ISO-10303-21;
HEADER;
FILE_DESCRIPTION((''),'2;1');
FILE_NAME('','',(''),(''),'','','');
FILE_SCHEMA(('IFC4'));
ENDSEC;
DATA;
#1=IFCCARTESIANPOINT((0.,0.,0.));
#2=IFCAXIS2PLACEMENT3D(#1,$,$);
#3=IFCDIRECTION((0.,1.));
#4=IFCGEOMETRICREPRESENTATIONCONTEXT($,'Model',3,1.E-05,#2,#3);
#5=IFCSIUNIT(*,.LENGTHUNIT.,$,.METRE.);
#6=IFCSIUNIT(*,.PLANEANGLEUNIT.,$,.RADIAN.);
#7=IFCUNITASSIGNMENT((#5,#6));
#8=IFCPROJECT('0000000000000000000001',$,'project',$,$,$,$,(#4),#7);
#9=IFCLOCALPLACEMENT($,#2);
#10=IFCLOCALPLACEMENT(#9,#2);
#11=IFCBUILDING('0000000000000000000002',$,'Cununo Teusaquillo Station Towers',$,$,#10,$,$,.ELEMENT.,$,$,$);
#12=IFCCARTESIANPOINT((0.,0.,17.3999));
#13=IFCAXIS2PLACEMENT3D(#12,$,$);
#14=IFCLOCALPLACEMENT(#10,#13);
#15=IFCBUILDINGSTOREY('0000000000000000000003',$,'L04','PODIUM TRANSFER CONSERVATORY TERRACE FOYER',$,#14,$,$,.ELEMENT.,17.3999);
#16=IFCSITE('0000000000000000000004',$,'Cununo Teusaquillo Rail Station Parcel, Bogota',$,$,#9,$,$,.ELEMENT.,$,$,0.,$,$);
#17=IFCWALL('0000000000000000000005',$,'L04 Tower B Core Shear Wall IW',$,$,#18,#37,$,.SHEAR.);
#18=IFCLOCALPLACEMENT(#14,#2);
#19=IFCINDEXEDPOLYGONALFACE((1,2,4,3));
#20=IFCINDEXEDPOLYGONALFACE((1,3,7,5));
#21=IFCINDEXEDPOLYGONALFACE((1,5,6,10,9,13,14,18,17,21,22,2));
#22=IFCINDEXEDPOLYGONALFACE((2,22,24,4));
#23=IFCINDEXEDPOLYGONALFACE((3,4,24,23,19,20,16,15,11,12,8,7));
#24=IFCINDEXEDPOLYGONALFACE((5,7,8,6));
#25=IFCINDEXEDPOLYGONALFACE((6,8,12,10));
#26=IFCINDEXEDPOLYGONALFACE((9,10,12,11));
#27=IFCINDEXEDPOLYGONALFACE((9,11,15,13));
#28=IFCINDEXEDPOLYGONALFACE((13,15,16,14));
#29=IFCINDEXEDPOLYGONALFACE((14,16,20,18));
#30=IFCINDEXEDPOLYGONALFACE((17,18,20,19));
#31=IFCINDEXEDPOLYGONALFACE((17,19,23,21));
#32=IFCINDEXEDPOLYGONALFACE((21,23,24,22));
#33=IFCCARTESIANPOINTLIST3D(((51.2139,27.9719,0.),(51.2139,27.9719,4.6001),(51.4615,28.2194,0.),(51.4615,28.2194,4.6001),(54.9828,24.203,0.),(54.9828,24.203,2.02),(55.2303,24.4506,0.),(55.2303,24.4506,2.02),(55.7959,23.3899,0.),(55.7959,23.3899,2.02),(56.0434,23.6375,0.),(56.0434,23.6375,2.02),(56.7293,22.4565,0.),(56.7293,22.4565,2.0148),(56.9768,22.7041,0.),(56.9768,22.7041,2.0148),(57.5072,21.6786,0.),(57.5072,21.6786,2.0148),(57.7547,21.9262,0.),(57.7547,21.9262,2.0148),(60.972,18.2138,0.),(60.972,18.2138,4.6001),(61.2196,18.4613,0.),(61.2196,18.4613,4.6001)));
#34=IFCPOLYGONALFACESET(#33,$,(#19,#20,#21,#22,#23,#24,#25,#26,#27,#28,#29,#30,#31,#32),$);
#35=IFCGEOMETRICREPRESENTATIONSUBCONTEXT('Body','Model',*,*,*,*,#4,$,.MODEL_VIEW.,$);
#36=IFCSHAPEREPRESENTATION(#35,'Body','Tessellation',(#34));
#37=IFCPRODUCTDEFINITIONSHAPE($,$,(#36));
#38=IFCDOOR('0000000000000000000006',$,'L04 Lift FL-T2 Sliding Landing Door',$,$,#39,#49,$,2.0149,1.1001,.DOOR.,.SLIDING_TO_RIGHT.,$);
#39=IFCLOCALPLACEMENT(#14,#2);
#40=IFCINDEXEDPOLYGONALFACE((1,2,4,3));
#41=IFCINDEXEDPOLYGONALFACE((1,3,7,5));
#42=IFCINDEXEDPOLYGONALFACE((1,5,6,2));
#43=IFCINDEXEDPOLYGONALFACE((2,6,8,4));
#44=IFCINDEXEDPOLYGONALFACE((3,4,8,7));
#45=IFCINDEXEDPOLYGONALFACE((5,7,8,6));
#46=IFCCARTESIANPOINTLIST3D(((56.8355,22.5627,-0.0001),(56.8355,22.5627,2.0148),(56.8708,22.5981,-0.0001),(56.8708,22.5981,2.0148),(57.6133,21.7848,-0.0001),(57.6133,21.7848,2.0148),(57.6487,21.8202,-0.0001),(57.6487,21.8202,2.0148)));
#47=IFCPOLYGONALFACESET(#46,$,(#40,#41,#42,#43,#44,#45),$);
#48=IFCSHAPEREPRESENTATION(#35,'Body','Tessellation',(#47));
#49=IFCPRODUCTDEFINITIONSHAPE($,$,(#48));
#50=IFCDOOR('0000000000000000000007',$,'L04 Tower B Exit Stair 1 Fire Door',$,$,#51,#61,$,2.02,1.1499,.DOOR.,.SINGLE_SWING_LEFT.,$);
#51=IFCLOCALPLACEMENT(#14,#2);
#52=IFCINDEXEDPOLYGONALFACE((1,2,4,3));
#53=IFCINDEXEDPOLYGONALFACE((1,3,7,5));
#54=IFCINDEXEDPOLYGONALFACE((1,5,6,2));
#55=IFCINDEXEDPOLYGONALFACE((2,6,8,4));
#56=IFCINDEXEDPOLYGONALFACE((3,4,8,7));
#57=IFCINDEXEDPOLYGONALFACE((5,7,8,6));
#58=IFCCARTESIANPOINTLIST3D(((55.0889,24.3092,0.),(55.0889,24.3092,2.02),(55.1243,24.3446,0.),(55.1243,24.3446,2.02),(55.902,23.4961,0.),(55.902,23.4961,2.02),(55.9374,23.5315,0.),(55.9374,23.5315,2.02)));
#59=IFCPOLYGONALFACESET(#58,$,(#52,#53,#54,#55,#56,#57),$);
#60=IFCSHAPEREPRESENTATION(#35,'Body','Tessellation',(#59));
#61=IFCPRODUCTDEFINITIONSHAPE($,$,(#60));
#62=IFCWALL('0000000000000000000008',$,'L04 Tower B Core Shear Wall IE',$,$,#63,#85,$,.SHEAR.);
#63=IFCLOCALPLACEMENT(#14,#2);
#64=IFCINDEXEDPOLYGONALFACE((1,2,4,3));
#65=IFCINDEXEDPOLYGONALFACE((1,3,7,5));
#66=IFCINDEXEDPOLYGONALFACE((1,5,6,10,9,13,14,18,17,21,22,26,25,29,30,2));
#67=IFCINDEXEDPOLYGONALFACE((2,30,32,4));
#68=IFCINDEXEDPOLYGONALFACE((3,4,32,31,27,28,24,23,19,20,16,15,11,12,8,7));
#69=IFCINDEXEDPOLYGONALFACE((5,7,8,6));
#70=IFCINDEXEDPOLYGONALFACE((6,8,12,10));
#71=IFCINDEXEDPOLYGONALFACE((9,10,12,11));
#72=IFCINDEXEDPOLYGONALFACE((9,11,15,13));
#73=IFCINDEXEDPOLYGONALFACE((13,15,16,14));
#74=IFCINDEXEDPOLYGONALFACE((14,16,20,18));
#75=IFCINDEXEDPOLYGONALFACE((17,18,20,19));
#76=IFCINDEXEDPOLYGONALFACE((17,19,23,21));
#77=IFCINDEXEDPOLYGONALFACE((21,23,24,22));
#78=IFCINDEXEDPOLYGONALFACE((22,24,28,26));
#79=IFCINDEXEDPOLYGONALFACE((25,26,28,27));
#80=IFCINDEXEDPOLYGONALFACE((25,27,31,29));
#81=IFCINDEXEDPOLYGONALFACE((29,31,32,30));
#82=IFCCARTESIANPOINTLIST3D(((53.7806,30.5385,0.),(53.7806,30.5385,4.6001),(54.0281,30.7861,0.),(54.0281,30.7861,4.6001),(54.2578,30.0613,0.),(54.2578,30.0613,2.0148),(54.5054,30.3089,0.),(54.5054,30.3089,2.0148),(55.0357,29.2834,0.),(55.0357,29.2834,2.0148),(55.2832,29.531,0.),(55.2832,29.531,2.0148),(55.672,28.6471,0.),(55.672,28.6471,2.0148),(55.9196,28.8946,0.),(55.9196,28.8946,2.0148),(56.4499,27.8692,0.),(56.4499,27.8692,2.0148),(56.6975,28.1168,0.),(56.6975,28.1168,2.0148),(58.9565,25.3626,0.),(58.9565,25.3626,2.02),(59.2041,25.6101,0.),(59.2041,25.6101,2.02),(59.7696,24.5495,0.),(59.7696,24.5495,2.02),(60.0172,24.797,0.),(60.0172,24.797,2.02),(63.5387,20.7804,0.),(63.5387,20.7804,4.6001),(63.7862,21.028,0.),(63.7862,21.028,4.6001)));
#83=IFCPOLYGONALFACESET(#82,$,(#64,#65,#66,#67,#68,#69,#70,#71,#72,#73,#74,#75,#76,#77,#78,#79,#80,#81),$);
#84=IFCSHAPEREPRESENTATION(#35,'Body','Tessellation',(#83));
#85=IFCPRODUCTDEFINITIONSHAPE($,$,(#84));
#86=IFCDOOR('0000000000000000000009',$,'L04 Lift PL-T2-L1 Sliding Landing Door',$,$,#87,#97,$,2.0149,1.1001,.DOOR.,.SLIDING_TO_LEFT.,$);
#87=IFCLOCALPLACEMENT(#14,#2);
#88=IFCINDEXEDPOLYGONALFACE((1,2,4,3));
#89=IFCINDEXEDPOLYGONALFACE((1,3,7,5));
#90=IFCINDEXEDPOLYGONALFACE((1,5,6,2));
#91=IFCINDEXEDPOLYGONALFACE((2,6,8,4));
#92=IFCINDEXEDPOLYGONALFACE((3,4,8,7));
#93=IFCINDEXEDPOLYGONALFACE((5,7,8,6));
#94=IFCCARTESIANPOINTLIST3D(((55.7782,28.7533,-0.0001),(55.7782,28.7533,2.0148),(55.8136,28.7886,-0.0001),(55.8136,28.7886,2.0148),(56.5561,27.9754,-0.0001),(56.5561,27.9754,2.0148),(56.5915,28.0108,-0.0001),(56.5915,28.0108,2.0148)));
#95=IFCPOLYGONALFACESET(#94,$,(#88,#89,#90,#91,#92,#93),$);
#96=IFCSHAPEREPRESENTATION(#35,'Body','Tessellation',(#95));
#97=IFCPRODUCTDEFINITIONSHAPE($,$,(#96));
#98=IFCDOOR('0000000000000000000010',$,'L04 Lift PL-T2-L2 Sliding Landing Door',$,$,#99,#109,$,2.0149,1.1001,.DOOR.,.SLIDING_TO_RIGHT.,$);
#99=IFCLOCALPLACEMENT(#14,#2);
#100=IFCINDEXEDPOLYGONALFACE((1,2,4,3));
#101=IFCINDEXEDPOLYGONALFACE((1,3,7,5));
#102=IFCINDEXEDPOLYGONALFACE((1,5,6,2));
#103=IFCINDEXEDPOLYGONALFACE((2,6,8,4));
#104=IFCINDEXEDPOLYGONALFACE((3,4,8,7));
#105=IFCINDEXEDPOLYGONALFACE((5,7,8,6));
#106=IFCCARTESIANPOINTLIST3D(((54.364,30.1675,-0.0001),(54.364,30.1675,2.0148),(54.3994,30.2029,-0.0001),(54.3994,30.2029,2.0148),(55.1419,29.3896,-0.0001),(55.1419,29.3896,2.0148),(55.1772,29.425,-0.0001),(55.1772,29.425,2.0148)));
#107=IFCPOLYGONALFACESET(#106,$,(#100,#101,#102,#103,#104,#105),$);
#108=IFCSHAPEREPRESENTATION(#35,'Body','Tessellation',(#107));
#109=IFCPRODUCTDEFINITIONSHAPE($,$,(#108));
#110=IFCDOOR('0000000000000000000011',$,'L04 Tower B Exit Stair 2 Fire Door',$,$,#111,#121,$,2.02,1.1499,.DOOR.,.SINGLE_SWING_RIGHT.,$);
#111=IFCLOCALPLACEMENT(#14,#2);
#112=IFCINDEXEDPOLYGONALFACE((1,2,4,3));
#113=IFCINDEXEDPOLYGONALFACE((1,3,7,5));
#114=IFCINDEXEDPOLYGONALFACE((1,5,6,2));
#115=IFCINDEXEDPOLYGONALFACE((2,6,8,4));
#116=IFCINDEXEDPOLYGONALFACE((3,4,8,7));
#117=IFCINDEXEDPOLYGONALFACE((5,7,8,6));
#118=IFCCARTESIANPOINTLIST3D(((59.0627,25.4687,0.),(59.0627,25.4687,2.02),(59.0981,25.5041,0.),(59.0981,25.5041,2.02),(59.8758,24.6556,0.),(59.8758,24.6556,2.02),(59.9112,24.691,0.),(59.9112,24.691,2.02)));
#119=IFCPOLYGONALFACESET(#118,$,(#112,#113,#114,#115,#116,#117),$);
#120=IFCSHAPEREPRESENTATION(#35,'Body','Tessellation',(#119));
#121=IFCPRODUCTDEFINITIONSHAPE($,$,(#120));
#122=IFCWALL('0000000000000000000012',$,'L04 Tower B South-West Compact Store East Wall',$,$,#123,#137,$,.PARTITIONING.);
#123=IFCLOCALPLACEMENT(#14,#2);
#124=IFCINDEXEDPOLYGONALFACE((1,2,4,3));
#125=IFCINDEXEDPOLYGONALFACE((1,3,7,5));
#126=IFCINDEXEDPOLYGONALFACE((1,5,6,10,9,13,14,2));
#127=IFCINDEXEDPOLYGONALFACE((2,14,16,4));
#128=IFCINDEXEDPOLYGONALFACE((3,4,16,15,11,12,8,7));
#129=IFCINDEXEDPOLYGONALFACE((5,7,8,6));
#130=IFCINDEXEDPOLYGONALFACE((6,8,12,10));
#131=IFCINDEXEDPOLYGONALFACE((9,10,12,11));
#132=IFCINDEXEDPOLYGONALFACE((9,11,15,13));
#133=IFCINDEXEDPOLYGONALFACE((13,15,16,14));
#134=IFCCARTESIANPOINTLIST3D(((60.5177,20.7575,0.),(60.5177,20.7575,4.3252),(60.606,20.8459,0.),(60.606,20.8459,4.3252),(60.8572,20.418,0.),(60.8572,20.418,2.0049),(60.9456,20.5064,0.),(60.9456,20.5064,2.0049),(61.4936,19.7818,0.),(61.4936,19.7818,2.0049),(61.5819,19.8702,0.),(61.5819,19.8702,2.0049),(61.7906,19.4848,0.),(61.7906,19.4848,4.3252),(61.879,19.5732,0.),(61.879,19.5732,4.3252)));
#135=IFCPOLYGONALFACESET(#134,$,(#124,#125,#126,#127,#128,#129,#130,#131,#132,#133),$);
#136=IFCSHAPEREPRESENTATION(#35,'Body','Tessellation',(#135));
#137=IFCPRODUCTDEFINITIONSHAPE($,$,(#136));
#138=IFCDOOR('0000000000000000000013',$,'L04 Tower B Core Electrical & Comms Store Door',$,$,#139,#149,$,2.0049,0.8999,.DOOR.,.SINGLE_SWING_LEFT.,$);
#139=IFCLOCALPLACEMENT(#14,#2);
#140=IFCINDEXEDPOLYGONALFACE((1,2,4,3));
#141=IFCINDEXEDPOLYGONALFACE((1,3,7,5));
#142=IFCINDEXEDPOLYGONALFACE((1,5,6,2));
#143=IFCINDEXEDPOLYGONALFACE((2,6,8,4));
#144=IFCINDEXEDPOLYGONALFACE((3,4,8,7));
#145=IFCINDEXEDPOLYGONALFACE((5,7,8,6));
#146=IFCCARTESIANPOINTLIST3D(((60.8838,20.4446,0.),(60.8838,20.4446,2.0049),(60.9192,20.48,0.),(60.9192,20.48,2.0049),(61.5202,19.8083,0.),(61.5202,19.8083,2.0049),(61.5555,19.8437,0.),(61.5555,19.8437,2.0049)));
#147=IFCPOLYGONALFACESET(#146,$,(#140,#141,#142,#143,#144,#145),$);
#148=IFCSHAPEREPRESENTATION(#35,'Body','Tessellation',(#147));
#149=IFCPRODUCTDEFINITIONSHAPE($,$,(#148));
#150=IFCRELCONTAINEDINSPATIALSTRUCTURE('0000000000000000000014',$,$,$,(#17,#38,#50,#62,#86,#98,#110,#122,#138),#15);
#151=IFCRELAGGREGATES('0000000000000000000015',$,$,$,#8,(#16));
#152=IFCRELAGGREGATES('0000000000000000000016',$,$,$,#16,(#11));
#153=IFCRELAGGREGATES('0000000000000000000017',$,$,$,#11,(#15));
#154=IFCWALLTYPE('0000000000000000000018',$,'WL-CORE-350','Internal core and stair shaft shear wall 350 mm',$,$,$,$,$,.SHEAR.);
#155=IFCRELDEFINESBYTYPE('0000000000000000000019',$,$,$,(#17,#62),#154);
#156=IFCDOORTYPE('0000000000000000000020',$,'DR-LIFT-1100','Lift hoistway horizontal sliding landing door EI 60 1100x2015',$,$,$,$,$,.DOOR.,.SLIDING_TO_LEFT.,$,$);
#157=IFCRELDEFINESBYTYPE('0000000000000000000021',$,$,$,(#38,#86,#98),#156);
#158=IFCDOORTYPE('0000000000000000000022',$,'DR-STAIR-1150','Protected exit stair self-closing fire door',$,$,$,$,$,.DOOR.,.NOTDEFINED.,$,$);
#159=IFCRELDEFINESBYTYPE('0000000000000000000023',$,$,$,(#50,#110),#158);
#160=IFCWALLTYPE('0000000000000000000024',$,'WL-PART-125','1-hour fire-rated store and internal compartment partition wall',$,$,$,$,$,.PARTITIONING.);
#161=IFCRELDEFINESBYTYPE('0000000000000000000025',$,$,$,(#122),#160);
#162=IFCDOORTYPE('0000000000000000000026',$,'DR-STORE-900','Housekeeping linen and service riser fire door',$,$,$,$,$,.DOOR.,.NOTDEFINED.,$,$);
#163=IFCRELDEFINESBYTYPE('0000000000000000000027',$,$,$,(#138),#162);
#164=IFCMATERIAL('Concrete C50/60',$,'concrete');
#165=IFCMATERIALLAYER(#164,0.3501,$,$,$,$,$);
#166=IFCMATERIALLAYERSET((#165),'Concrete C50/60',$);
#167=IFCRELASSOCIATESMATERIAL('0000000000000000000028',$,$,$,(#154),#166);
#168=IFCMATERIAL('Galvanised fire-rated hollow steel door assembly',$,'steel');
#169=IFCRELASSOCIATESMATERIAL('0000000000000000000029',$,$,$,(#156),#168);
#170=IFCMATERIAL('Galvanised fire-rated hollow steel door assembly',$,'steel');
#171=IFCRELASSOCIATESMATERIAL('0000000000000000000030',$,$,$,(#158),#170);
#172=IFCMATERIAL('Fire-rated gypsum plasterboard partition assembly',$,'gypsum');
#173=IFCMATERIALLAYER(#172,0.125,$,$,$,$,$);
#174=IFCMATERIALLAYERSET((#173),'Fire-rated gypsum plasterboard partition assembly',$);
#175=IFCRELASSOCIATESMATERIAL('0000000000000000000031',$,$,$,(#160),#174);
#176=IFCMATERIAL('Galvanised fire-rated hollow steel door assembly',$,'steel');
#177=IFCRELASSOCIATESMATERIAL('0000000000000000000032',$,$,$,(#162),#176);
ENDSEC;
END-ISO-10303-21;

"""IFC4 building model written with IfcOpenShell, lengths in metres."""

from ifc_helpers import new_model, si_unit, direction, frame, frame_2d, origin, place, context, subcontext, project, spatial, rectangle, extrude, source, transform, mapped, material, layer, layer_set, type_object, element, fill, save


model = new_model("IFC4")

# Units and contexts
model_context = context("Model", 3, precision=1e-05, world=origin(), true_north=direction((0.0, 1.0)))
body_context = subcontext(model_context, "Body", "Model", "MODEL_VIEW")
ifc_project = project(units=[si_unit("LENGTHUNIT", "METRE"), si_unit("PLANEANGLEUNIT", "RADIAN")], contexts=[model_context])

# Site, building, storey
site_placement = place(None, origin())
site = spatial("IfcSite", under=ifc_project, at=site_placement, Name="Cununo Teusaquillo Rail Station Parcel, Bogota", CompositionType="ELEMENT", RefElevation=0.0)
building_placement = place(site_placement, origin())
building = spatial("IfcBuilding", under=site, at=building_placement, Name="Cununo Teusaquillo Station Towers", CompositionType="ELEMENT")
storey_placement = place(building_placement, frame((0.0, 0.0, 17.3999)))
storey = spatial("IfcBuildingStorey", under=building, at=storey_placement, Name="L04", Description="PODIUM TRANSFER CONSERVATORY TERRACE FOYER", CompositionType="ELEMENT", Elevation=17.3999)

# Walls, openings, doors
ifc_material_1 = material(Name="Concrete C50/60", Category="concrete")
ifc_layer_1 = layer(ifc_material_1, 0.3501)
ifc_layer_set_1 = layer_set([ifc_layer_1], Name="Concrete C50/60")
wall_type_1 = type_object("IfcWallType", Name="WL-CORE-350", Description="Internal core and stair shaft shear wall 350 mm", PredefinedType="SHEAR", material=ifc_layer_set_1)
wall_1_placement = place(storey_placement, frame((61.0957, 18.3376, 0.0), z_axis=(0.0, 0.0, 1.0), x_axis=(-0.707107, 0.707107, 0.0)))
wall_1 = element("IfcWall", 1, at=wall_1_placement, inside=storey, type_object=wall_type_1, Name="L04 Tower B Core Shear Wall IW", PredefinedType="SHEAR", context=body_context, shape_type="SweptSolid", body=[
    extrude(rectangle(XDim=13.8, YDim=0.3501, at=frame_2d((6.8999, 0.0))), origin(), (0.0, 0.0, 1.0), 4.6001),
])
shared_shape_1 = source(origin(), body_context, "Body", "SweptSolid", [
    extrude(rectangle(XDim=1.1001, YDim=2.0149, at=frame_2d((0.55, 1.0073))), frame((0.0, 0.1851, 0.0), z_axis=(0.0, -1.0, 0.0), x_axis=(1.0, 0.0, 0.0)), (0.0, 0.0, 1.0), 0.3701),
])
opening_1_placement = place(wall_1_placement, frame((4.8999, 0.0, 0.0)))
opening_1 = element("IfcOpeningElement", 2, at=opening_1_placement, cuts=wall_1, PredefinedType="OPENING", context=body_context, shape_type="MappedRepresentation", body=[
    mapped(shared_shape_1, transform((0.0, 0.0, 0.0), x_axis=(1.0, 0.0, 0.0), y_axis=(0.0, 1.0, 0.0), z_axis=(0.0, 0.0, 1.0), scale=1.0)),
])
shared_shape_2 = source(origin(), body_context, "Body", "SweptSolid", [
    extrude(rectangle(XDim=1.1499, YDim=2.02, at=frame_2d((0.575, 1.01))), frame((0.0, 0.1851, 0.0), z_axis=(0.0, -1.0, 0.0), x_axis=(1.0, 0.0, 0.0)), (0.0, 0.0, 1.0), 0.3701),
])
opening_2_placement = place(wall_1_placement, frame((7.3201, 0.0, 0.0)))
opening_2 = element("IfcOpeningElement", 3, at=opening_2_placement, cuts=wall_1, PredefinedType="OPENING", context=body_context, shape_type="MappedRepresentation", body=[
    mapped(shared_shape_2, transform((0.0, 0.0, 0.0), x_axis=(1.0, 0.0, 0.0), y_axis=(0.0, 1.0, 0.0), z_axis=(0.0, 0.0, 1.0), scale=1.0)),
])
ifc_material_2 = material(Name="Galvanised fire-rated hollow steel door assembly", Category="steel")
door_type_1 = type_object("IfcDoorType", Name="DR-LIFT-1100", Description="Lift hoistway horizontal sliding landing door EI 60 1100x2015", OperationType="SLIDING_TO_LEFT", PredefinedType="DOOR", material=ifc_material_2)
shared_shape_3 = source(origin(), body_context, "Body", "SweptSolid", [
    extrude(rectangle(XDim=1.1001, YDim=2.0149, at=frame_2d((0.55, 1.0073))), frame((0.0, 0.0249, 0.0), z_axis=(0.0, -1.0, 0.0), x_axis=(1.0, 0.0, 0.0)), (0.0, 0.0, 1.0), 0.05),
])
door_1_placement = place(opening_1_placement, origin())
door_1 = element("IfcDoor", 4, at=door_1_placement, inside=storey, type_object=door_type_1, Name="L04 Lift FL-T2 Sliding Landing Door", OperationType="SLIDING_TO_RIGHT", OverallHeight=2.0149, OverallWidth=1.1001, PredefinedType="DOOR", context=body_context, shape_type="MappedRepresentation", body=[
    mapped(shared_shape_3, transform((0.0, 0.0, 0.0), x_axis=(1.0, 0.0, 0.0), y_axis=(0.0, 1.0, 0.0), z_axis=(0.0, 0.0, 1.0), scale=1.0)),
])
fill(opening_1, door_1)
ifc_material_3 = material(Name="Galvanised fire-rated hollow steel door assembly", Category="steel")
door_type_2 = type_object("IfcDoorType", Name="DR-STAIR-1150", Description="Protected exit stair self-closing fire door", OperationType="NOTDEFINED", PredefinedType="DOOR", material=ifc_material_3)
shared_shape_4 = source(origin(), body_context, "Body", "SweptSolid", [
    extrude(rectangle(XDim=1.1499, YDim=2.02, at=frame_2d((0.575, 1.01))), frame((0.0, 0.0249, 0.0), z_axis=(0.0, -1.0, 0.0), x_axis=(1.0, 0.0, 0.0)), (0.0, 0.0, 1.0), 0.05),
])
door_2_placement = place(opening_2_placement, origin())
door_2 = element("IfcDoor", 5, at=door_2_placement, inside=storey, type_object=door_type_2, Name="L04 Tower B Exit Stair 1 Fire Door", OperationType="SINGLE_SWING_LEFT", OverallHeight=2.02, OverallWidth=1.1499, PredefinedType="DOOR", context=body_context, shape_type="MappedRepresentation", body=[
    mapped(shared_shape_4, transform((0.0, 0.0, 0.0), x_axis=(1.0, 0.0, 0.0), y_axis=(0.0, 1.0, 0.0), z_axis=(0.0, 0.0, 1.0), scale=1.0)),
])
fill(opening_2, door_2)
wall_2_placement = place(storey_placement, frame((63.6624, 20.9043, 0.0), z_axis=(0.0, 0.0, 1.0), x_axis=(-0.707107, 0.707107, 0.0)))
wall_2 = element("IfcWall", 6, at=wall_2_placement, inside=storey, type_object=wall_type_1, Name="L04 Tower B Core Shear Wall IE", PredefinedType="SHEAR", context=body_context, shape_type="SweptSolid", body=[
    extrude(rectangle(XDim=13.8, YDim=0.3501, at=frame_2d((6.8999, 0.0))), origin(), (0.0, 0.0, 1.0), 4.6001),
])
opening_3_placement = place(wall_2_placement, frame((10.0249, 0.0, 0.0)))
opening_3 = element("IfcOpeningElement", 7, at=opening_3_placement, cuts=wall_2, PredefinedType="OPENING", context=body_context, shape_type="MappedRepresentation", body=[
    mapped(shared_shape_1, transform((0.0, 0.0, 0.0), x_axis=(1.0, 0.0, 0.0), y_axis=(0.0, 1.0, 0.0), z_axis=(0.0, 0.0, 1.0), scale=1.0)),
])
opening_4_placement = place(wall_2_placement, frame((12.0249, 0.0, 0.0)))
opening_4 = element("IfcOpeningElement", 8, at=opening_4_placement, cuts=wall_2, PredefinedType="OPENING", context=body_context, shape_type="MappedRepresentation", body=[
    mapped(shared_shape_1, transform((0.0, 0.0, 0.0), x_axis=(1.0, 0.0, 0.0), y_axis=(0.0, 1.0, 0.0), z_axis=(0.0, 0.0, 1.0), scale=1.0)),
])
opening_5_placement = place(wall_2_placement, frame((5.3301, 0.0, 0.0)))
opening_5 = element("IfcOpeningElement", 9, at=opening_5_placement, cuts=wall_2, PredefinedType="OPENING", context=body_context, shape_type="MappedRepresentation", body=[
    mapped(shared_shape_2, transform((0.0, 0.0, 0.0), x_axis=(1.0, 0.0, 0.0), y_axis=(0.0, 1.0, 0.0), z_axis=(0.0, 0.0, 1.0), scale=1.0)),
])
door_3_placement = place(opening_3_placement, origin())
door_3 = element("IfcDoor", 10, at=door_3_placement, inside=storey, type_object=door_type_1, Name="L04 Lift PL-T2-L1 Sliding Landing Door", OperationType="SLIDING_TO_LEFT", OverallHeight=2.0149, OverallWidth=1.1001, PredefinedType="DOOR", context=body_context, shape_type="MappedRepresentation", body=[
    mapped(shared_shape_3, transform((0.0, 0.0, 0.0), x_axis=(1.0, 0.0, 0.0), y_axis=(0.0, 1.0, 0.0), z_axis=(0.0, 0.0, 1.0), scale=1.0)),
])
fill(opening_3, door_3)
door_4_placement = place(opening_4_placement, origin())
door_4 = element("IfcDoor", 11, at=door_4_placement, inside=storey, type_object=door_type_1, Name="L04 Lift PL-T2-L2 Sliding Landing Door", OperationType="SLIDING_TO_RIGHT", OverallHeight=2.0149, OverallWidth=1.1001, PredefinedType="DOOR", context=body_context, shape_type="MappedRepresentation", body=[
    mapped(shared_shape_3, transform((0.0, 0.0, 0.0), x_axis=(1.0, 0.0, 0.0), y_axis=(0.0, 1.0, 0.0), z_axis=(0.0, 0.0, 1.0), scale=1.0)),
])
fill(opening_4, door_4)
door_5_placement = place(opening_5_placement, origin())
door_5 = element("IfcDoor", 12, at=door_5_placement, inside=storey, type_object=door_type_2, Name="L04 Tower B Exit Stair 2 Fire Door", OperationType="SINGLE_SWING_RIGHT", OverallHeight=2.02, OverallWidth=1.1499, PredefinedType="DOOR", context=body_context, shape_type="MappedRepresentation", body=[
    mapped(shared_shape_4, transform((0.0, 0.0, 0.0), x_axis=(1.0, 0.0, 0.0), y_axis=(0.0, 1.0, 0.0), z_axis=(0.0, 0.0, 1.0), scale=1.0)),
])
fill(opening_5, door_5)

# Wall, opening, door
ifc_material_4 = material(Name="Fire-rated gypsum plasterboard partition assembly", Category="gypsum")
ifc_layer_2 = layer(ifc_material_4, 0.125)
ifc_layer_set_2 = layer_set([ifc_layer_2], Name="Fire-rated gypsum plasterboard partition assembly")
wall_type_2 = type_object("IfcWallType", Name="WL-PART-125", Description="1-hour fire-rated store and internal compartment partition wall", PredefinedType="PARTITIONING", material=ifc_layer_set_2)
wall_3_placement = place(storey_placement, frame((61.8347, 19.5291, 0.0), z_axis=(0.0, 0.0, 1.0), x_axis=(-0.707175, 0.707039, 0.0)))
wall_3 = element("IfcWall", 13, at=wall_3_placement, inside=storey, type_object=wall_type_2, Name="L04 Tower B South-West Compact Store East Wall", PredefinedType="PARTITIONING", context=body_context, shape_type="SweptSolid", body=[
    extrude(rectangle(XDim=1.8, YDim=0.125, at=frame_2d((0.8999, 0.0))), origin(), (0.0, 0.0, 1.0), 4.3252),
])
shared_shape_5 = source(origin(), body_context, "Body", "SweptSolid", [
    extrude(rectangle(XDim=0.8999, YDim=2.0049, at=frame_2d((0.45, 1.0024))), frame((0.0, 0.0725, 0.0), z_axis=(0.0, -1.0, 0.0), x_axis=(1.0, 0.0, 0.0)), (0.0, 0.0, 1.0), 0.145),
])
opening_6_placement = place(wall_3_placement, frame((0.4199, 0.0, 0.0)))
opening_6 = element("IfcOpeningElement", 14, at=opening_6_placement, cuts=wall_3, PredefinedType="OPENING", context=body_context, shape_type="MappedRepresentation", body=[
    mapped(shared_shape_5, transform((0.0, 0.0, 0.0), x_axis=(1.0, 0.0, 0.0), y_axis=(0.0, 1.0, 0.0), z_axis=(0.0, 0.0, 1.0), scale=1.0)),
])
ifc_material_5 = material(Name="Galvanised fire-rated hollow steel door assembly", Category="steel")
door_type_3 = type_object("IfcDoorType", Name="DR-STORE-900", Description="Housekeeping linen and service riser fire door", OperationType="NOTDEFINED", PredefinedType="DOOR", material=ifc_material_5)
shared_shape_6 = source(origin(), body_context, "Body", "SweptSolid", [
    extrude(rectangle(XDim=0.8999, YDim=2.0049, at=frame_2d((0.45, 1.0024))), frame((0.0, 0.0249, 0.0), z_axis=(0.0, -1.0, 0.0), x_axis=(1.0, 0.0, 0.0)), (0.0, 0.0, 1.0), 0.05),
])
door_6_placement = place(opening_6_placement, origin())
door_6 = element("IfcDoor", 15, at=door_6_placement, inside=storey, type_object=door_type_3, Name="L04 Tower B Core Electrical & Comms Store Door", OperationType="SINGLE_SWING_LEFT", OverallHeight=2.0049, OverallWidth=0.8999, PredefinedType="DOOR", context=body_context, shape_type="MappedRepresentation", body=[
    mapped(shared_shape_6, transform((0.0, 0.0, 0.0), x_axis=(1.0, 0.0, 0.0), y_axis=(0.0, 1.0, 0.0), z_axis=(0.0, 0.0, 1.0), scale=1.0)),
])
fill(opening_6, door_6)

save(model, "model.ifc")
